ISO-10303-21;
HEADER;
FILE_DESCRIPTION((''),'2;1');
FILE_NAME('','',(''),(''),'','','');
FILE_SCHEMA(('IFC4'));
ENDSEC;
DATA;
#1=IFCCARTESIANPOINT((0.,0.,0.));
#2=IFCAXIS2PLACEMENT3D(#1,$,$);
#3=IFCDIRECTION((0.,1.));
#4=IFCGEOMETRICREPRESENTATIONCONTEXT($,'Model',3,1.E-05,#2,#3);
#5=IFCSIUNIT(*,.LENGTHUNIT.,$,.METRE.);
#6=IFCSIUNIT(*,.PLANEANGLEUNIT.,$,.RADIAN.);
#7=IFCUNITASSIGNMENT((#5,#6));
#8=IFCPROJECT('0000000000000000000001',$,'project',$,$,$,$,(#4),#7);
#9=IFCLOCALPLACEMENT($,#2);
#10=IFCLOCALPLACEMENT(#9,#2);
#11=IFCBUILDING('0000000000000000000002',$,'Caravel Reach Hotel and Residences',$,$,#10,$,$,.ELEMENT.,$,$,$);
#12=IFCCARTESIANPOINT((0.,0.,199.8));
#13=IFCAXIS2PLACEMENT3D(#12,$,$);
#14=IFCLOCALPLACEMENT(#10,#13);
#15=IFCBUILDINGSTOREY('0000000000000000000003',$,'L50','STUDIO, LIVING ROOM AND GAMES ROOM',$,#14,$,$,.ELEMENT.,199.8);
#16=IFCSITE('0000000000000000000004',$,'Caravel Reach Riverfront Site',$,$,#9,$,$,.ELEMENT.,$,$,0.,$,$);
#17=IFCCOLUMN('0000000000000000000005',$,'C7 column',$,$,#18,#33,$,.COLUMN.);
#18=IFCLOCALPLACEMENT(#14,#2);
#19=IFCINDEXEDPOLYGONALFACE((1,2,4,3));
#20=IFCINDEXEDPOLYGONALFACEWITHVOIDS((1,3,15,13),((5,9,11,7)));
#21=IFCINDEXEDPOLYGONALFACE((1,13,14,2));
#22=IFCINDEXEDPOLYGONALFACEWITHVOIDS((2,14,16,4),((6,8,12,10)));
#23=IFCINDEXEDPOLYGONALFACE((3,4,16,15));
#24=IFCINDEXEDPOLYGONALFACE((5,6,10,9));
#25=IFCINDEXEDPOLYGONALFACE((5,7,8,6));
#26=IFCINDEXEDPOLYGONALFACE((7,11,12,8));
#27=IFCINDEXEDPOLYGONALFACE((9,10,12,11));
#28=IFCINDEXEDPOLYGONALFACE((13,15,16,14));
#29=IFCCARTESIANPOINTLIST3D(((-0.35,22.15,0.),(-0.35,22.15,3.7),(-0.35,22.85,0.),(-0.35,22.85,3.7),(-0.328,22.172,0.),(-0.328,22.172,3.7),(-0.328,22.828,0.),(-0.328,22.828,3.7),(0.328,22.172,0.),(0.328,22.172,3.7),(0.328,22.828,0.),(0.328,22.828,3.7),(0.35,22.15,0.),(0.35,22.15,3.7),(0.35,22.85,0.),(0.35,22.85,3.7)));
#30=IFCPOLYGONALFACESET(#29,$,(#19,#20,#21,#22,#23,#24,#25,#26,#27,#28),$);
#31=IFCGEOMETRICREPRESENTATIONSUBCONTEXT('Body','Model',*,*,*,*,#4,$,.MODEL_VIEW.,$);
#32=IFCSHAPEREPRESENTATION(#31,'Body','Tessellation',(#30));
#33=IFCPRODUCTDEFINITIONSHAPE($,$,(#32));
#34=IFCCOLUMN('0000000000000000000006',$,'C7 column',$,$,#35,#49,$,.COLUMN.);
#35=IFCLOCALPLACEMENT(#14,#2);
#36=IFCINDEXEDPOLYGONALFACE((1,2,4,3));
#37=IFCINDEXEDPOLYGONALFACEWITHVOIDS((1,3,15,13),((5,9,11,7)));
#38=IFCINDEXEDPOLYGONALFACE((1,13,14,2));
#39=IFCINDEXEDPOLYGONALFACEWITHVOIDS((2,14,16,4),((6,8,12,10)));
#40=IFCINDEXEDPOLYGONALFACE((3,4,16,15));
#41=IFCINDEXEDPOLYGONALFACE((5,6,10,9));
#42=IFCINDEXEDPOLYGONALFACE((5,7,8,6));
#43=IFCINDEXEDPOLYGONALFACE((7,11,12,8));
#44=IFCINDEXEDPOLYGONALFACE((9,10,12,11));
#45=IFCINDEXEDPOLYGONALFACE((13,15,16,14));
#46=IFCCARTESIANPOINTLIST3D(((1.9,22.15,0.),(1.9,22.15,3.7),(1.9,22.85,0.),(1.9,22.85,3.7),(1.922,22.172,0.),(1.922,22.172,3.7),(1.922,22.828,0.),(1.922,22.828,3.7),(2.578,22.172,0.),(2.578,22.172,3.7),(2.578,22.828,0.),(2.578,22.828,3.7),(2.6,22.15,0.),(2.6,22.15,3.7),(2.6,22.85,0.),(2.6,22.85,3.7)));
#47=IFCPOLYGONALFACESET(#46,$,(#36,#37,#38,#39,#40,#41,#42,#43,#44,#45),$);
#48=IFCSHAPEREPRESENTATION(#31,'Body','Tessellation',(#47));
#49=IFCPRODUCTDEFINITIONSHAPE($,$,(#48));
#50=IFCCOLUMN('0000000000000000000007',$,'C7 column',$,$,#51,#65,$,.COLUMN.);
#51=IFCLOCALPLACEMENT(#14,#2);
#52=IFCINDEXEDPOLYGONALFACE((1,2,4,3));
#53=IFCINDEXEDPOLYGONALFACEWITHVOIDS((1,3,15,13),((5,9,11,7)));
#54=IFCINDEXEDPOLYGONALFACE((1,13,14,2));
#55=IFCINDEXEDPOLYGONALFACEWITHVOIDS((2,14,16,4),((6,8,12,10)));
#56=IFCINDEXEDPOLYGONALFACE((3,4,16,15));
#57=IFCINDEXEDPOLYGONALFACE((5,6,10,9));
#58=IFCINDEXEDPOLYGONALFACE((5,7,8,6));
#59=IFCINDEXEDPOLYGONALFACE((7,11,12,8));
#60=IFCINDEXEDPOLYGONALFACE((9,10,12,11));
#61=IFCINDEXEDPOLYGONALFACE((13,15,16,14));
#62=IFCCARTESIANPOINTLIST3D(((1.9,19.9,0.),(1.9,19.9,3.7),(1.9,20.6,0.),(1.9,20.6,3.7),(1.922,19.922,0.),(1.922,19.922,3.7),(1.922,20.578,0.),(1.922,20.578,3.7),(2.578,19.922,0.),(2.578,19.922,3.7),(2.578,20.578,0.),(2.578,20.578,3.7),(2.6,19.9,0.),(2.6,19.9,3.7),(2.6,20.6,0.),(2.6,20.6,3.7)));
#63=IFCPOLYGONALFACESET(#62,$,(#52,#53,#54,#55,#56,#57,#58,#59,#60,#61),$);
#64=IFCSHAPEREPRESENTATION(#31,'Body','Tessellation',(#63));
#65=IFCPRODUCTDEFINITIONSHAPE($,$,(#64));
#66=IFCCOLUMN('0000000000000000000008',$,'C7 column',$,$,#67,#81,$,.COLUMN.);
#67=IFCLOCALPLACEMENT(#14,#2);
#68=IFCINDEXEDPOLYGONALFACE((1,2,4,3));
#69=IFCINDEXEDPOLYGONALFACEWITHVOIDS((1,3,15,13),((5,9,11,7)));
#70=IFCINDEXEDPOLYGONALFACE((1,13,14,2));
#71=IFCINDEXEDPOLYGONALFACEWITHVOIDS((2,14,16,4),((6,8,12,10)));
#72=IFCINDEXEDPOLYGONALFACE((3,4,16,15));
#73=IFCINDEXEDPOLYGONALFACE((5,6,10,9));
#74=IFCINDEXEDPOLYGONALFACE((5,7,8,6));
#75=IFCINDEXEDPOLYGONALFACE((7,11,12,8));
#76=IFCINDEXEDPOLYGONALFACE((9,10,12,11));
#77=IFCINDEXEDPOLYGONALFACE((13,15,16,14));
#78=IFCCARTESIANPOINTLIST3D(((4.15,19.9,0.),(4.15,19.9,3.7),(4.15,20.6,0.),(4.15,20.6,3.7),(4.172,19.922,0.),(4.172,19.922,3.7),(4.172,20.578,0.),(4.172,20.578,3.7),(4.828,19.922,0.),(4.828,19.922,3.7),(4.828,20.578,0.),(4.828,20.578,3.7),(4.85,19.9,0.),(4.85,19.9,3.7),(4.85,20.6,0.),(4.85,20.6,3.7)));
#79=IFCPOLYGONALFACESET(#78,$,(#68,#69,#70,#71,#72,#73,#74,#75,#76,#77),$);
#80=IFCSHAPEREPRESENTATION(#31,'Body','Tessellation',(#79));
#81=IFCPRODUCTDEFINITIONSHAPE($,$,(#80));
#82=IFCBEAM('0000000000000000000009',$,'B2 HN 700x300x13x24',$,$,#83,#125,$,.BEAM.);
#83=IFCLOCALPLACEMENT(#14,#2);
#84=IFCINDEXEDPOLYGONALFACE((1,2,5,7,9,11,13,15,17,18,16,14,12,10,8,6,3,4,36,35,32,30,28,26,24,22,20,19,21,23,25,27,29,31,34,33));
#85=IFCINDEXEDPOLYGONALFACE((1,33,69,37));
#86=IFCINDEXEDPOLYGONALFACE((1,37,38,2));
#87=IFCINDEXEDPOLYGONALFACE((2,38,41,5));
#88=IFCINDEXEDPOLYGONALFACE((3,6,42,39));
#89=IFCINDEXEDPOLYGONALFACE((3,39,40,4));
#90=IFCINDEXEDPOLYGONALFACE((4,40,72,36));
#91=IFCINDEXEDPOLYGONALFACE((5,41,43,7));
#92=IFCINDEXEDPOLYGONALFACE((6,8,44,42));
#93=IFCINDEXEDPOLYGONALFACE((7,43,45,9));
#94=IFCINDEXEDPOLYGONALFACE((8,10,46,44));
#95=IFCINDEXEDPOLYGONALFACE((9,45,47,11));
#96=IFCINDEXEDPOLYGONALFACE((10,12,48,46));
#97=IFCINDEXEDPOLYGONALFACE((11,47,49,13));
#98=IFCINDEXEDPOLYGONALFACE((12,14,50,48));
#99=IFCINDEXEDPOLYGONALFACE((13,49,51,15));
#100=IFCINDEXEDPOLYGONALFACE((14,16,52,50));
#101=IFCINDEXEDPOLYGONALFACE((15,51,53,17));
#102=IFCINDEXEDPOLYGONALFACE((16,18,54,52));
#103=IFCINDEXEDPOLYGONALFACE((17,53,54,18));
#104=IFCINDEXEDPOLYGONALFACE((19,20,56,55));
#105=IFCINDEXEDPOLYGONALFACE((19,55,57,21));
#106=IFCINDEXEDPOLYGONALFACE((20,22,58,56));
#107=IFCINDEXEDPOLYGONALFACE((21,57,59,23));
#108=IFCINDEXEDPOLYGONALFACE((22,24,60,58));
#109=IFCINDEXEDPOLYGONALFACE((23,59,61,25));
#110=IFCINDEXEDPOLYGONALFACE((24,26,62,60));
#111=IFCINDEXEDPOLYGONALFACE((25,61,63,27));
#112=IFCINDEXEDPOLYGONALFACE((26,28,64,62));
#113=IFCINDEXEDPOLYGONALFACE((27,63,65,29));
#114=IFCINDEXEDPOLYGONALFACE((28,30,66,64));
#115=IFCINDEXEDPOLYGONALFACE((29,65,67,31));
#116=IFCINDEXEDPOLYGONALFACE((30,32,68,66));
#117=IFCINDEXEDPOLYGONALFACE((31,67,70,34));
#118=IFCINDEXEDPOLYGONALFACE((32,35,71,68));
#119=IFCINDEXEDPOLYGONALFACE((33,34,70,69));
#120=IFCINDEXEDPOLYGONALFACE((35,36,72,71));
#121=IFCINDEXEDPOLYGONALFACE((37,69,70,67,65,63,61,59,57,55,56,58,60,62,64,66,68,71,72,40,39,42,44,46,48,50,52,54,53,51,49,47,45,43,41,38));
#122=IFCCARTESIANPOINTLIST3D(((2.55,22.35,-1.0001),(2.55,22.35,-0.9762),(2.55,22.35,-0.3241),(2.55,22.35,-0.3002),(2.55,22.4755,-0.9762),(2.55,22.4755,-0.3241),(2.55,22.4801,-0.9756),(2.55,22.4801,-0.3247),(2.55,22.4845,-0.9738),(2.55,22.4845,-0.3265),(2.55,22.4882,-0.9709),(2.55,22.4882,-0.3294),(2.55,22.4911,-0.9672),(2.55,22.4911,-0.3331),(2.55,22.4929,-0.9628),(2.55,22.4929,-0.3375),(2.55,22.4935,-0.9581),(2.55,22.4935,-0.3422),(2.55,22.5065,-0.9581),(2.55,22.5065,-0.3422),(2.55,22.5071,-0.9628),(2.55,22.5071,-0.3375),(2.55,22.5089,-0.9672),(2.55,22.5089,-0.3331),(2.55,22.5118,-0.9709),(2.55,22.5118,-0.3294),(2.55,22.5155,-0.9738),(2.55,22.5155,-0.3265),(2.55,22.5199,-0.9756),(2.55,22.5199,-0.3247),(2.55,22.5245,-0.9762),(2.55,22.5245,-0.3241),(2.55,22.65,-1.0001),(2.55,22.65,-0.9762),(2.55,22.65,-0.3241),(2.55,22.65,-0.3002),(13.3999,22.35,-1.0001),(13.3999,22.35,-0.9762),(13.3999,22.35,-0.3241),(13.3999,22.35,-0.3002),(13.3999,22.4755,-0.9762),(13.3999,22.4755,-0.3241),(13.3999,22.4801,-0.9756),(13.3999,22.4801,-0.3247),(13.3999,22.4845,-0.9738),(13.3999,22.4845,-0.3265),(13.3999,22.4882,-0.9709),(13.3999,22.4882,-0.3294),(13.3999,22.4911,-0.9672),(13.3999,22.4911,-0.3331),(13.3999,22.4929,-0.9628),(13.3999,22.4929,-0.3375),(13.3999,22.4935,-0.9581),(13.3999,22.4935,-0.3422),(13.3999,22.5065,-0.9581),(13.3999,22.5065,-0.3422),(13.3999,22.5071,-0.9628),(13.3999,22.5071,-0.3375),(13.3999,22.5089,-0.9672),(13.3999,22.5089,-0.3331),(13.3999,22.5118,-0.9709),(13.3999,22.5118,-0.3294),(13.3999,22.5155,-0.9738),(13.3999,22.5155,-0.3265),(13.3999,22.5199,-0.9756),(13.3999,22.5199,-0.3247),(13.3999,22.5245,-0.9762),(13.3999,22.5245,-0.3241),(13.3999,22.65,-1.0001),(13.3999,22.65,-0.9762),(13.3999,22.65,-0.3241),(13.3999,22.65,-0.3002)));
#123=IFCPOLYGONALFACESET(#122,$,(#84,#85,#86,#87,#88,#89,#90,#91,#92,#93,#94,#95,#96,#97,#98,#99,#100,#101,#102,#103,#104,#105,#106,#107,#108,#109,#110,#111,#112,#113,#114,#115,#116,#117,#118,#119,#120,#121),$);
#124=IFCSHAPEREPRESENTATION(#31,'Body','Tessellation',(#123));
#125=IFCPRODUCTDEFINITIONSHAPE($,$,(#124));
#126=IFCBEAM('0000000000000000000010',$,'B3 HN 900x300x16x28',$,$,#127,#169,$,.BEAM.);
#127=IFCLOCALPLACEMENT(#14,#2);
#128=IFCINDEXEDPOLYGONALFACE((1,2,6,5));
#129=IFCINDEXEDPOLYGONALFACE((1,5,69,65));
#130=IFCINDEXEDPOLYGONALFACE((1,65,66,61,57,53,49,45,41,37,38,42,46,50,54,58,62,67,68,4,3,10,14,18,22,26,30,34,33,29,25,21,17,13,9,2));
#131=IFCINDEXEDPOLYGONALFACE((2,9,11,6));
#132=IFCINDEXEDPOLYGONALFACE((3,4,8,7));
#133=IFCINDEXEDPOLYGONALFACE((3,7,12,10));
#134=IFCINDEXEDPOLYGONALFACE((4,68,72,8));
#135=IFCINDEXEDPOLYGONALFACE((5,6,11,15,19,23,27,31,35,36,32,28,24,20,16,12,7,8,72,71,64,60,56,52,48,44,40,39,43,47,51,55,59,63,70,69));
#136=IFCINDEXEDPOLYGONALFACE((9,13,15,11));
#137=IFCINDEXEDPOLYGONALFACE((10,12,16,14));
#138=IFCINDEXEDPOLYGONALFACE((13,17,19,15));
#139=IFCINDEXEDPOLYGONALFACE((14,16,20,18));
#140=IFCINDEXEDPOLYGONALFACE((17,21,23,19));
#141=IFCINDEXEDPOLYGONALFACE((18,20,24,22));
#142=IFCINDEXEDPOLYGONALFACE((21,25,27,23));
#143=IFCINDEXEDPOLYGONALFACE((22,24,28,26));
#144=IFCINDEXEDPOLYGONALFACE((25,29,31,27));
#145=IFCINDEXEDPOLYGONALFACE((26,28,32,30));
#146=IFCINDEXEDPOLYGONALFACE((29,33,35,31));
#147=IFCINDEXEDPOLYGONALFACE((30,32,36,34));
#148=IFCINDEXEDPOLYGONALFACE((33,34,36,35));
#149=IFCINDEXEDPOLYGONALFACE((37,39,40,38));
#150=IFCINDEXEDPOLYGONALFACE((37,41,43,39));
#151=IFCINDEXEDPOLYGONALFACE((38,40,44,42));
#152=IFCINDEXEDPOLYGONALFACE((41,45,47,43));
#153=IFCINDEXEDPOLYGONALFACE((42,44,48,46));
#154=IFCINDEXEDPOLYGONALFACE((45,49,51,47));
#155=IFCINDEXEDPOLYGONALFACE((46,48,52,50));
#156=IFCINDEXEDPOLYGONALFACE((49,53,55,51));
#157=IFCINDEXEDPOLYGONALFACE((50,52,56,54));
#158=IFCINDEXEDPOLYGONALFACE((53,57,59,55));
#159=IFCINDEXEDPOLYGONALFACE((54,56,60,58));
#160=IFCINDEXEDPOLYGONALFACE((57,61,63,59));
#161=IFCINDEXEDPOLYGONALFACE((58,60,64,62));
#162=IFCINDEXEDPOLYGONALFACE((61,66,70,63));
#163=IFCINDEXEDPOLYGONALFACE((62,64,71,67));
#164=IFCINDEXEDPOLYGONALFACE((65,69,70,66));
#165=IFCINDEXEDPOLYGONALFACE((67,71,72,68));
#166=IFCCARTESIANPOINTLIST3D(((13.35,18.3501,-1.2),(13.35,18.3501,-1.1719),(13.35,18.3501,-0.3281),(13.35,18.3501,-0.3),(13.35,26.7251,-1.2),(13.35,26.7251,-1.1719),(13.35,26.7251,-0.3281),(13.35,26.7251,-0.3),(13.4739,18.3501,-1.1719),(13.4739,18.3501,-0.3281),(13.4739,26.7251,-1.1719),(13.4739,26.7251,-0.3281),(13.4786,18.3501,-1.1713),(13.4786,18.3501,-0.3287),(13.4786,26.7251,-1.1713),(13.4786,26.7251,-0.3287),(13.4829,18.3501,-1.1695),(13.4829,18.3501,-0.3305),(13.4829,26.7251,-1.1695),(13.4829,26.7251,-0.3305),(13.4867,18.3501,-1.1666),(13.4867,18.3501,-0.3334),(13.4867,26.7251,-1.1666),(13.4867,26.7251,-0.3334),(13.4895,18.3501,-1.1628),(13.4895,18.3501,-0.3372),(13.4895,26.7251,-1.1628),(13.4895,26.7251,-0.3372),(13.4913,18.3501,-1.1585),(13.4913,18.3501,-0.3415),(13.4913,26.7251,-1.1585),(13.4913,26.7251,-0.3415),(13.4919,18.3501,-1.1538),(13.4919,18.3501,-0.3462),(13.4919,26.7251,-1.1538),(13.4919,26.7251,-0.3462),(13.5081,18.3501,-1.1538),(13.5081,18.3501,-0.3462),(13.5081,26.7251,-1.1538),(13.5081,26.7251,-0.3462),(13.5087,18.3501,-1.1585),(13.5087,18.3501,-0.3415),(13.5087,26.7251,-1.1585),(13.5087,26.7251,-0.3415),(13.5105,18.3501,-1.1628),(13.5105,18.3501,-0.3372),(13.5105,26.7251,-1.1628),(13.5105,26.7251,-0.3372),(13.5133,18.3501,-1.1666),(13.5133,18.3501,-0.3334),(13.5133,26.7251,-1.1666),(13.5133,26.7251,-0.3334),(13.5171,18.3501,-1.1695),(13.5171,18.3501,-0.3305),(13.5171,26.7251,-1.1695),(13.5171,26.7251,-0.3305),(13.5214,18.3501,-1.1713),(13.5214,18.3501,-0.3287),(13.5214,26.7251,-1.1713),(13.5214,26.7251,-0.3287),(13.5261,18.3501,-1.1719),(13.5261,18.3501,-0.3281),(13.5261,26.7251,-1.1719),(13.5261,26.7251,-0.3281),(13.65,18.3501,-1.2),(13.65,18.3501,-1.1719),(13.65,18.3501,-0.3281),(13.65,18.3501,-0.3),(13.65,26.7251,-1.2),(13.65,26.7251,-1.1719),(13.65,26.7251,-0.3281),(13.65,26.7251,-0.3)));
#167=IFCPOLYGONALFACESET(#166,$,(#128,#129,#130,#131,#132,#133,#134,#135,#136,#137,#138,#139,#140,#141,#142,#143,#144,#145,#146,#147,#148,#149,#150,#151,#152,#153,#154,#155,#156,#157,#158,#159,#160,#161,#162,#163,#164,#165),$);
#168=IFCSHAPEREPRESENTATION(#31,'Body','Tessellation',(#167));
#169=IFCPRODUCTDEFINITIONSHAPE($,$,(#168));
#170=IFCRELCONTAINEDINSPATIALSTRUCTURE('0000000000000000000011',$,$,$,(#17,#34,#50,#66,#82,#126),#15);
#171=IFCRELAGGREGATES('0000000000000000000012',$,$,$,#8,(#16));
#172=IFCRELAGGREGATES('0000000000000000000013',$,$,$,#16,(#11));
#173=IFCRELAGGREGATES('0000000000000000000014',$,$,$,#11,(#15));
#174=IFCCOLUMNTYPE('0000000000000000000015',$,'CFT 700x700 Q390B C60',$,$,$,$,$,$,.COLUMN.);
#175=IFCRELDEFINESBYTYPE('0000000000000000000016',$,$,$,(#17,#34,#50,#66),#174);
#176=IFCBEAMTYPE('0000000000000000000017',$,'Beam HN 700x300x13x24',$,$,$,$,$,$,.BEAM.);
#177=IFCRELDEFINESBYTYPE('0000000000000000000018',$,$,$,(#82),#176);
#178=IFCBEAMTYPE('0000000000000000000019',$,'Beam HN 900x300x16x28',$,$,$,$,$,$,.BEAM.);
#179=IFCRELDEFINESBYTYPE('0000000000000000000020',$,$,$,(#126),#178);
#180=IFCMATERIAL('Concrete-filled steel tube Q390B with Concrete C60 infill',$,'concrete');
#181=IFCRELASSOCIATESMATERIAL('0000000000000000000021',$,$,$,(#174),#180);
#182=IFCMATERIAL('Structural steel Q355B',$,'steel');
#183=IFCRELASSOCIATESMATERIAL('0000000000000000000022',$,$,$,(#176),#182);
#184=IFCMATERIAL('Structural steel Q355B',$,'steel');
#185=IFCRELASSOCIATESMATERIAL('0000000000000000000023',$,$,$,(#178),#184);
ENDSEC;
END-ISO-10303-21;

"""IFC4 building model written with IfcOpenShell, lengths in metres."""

from ifc_helpers import new_model, si_unit, direction, frame, origin, origin_2d, place, context, subcontext, project, spatial, hollow_rectangle, i_section, extrude, material, material_profile, profile_set, type_object, element, save


model = new_model("IFC4")

# Units and contexts
model_context = context("Model", 3, precision=1e-05, world=origin(), true_north=direction((0.0, 1.0)))
body_context = subcontext(model_context, "Body", "Model", "MODEL_VIEW")
ifc_project = project(units=[si_unit("LENGTHUNIT", "METRE"), si_unit("PLANEANGLEUNIT", "RADIAN")], contexts=[model_context])

# Site, building, storey
site_placement = place(None, origin())
site = spatial("IfcSite", under=ifc_project, at=site_placement, Name="Caravel Reach Riverfront Site", CompositionType="ELEMENT", RefElevation=0.0)
building_placement = place(site_placement, origin())
building = spatial("IfcBuilding", under=site, at=building_placement, Name="Caravel Reach Hotel and Residences", CompositionType="ELEMENT")
storey_placement = place(building_placement, frame((0.0, 0.0, 199.8)))
storey = spatial("IfcBuildingStorey", under=building, at=storey_placement, Name="L50", Description="STUDIO, LIVING ROOM AND GAMES ROOM", CompositionType="ELEMENT", Elevation=199.8)

# Columns
ifc_material_1 = material(Name="Concrete-filled steel tube Q390B with Concrete C60 infill", Category="concrete")
ifc_material_profile_1 = material_profile(ifc_material_1, hollow_rectangle(XDim=0.7, YDim=0.7, WallThickness=0.022, at=origin_2d()), Name="RHS 700x700x22")
ifc_profile_set_1 = profile_set([ifc_material_profile_1], Name="Concrete-filled steel tube Q390B with Concrete C60 infill")
column_type = type_object("IfcColumnType", Name="CFT 700x700 Q390B C60", PredefinedType="COLUMN", material=ifc_profile_set_1)
for number, where, z_axis, x_axis, name in (
    (1, (0.0, 22.5, 0.0), (0.0, 0.0, 1.0), (1.0, 0.0, 0.0), "C7 column"),
    (2, (2.25, 22.5, 0.0), (0.0, 0.0, 1.0), (1.0, 0.0, 0.0), "C7 column"),
    (3, (2.25, 20.25, 0.0), (0.0, 0.0, 1.0), (1.0, 0.0, 0.0), "C7 column"),
    (4, (4.5, 20.25, 0.0), (0.0, 0.0, 1.0), (1.0, 0.0, 0.0), "C7 column"),
):
    element("IfcColumn", number, at=place(storey_placement, frame(where, z_axis=z_axis, x_axis=x_axis)), inside=storey, type_object=column_type, Name=name, PredefinedType="COLUMN", context=body_context, shape_type="SweptSolid", body=[
        extrude(hollow_rectangle(XDim=0.7, YDim=0.7, WallThickness=0.022, at=origin_2d()), origin(), (0.0, 0.0, 1.0), 3.7),
    ])

# Beams
ifc_material_2 = material(Name="Structural steel Q355B", Category="steel")
ifc_material_profile_2 = material_profile(ifc_material_2, i_section(OverallWidth=0.3, OverallDepth=0.7, WebThickness=0.0129, FlangeThickness=0.0239, FilletRadius=0.0181, at=origin_2d()), Name="HN 700x300x13x24")
ifc_profile_set_2 = profile_set([ifc_material_profile_2], Name="Structural steel Q355B")
beam_type_1 = type_object("IfcBeamType", Name="Beam HN 700x300x13x24", PredefinedType="BEAM", material=ifc_profile_set_2)
beam_1_placement = place(storey_placement, frame((13.3999, 22.5, -0.6501), z_axis=(-1.0, 0.0, 0.0), x_axis=(0.0, -1.0, 0.0)))
element("IfcBeam", 5, at=beam_1_placement, inside=storey, type_object=beam_type_1, Name="B2 HN 700x300x13x24", PredefinedType="BEAM", context=body_context, shape_type="SweptSolid", body=[
    extrude(i_section(OverallWidth=0.3, OverallDepth=0.7, WebThickness=0.0129, FlangeThickness=0.0239, FilletRadius=0.0181, at=origin_2d()), origin(), (0.0, 0.0, 1.0), 10.8499),
])
ifc_material_3 = material(Name="Structural steel Q355B", Category="steel")
ifc_material_profile_3 = material_profile(ifc_material_3, i_section(OverallWidth=0.3, OverallDepth=0.8999, WebThickness=0.0161, FlangeThickness=0.0281, FilletRadius=0.0181, at=origin_2d()), Name="HN 900x300x16x28")
ifc_profile_set_3 = profile_set([ifc_material_profile_3], Name="Structural steel Q355B")
beam_type_2 = type_object("IfcBeamType", Name="Beam HN 900x300x16x28", PredefinedType="BEAM", material=ifc_profile_set_3)
beam_2_placement = place(storey_placement, frame((13.5, 18.3501, -0.75), z_axis=(0.0, 1.0, 0.0), x_axis=(-1.0, 0.0, 0.0)))
element("IfcBeam", 6, at=beam_2_placement, inside=storey, type_object=beam_type_2, Name="B3 HN 900x300x16x28", PredefinedType="BEAM", context=body_context, shape_type="SweptSolid", body=[
    extrude(i_section(OverallWidth=0.3, OverallDepth=0.8999, WebThickness=0.0161, FlangeThickness=0.0281, FilletRadius=0.0181, at=origin_2d()), origin(), (0.0, 0.0, 1.0), 8.375),
])

save(model, "model.ifc")
